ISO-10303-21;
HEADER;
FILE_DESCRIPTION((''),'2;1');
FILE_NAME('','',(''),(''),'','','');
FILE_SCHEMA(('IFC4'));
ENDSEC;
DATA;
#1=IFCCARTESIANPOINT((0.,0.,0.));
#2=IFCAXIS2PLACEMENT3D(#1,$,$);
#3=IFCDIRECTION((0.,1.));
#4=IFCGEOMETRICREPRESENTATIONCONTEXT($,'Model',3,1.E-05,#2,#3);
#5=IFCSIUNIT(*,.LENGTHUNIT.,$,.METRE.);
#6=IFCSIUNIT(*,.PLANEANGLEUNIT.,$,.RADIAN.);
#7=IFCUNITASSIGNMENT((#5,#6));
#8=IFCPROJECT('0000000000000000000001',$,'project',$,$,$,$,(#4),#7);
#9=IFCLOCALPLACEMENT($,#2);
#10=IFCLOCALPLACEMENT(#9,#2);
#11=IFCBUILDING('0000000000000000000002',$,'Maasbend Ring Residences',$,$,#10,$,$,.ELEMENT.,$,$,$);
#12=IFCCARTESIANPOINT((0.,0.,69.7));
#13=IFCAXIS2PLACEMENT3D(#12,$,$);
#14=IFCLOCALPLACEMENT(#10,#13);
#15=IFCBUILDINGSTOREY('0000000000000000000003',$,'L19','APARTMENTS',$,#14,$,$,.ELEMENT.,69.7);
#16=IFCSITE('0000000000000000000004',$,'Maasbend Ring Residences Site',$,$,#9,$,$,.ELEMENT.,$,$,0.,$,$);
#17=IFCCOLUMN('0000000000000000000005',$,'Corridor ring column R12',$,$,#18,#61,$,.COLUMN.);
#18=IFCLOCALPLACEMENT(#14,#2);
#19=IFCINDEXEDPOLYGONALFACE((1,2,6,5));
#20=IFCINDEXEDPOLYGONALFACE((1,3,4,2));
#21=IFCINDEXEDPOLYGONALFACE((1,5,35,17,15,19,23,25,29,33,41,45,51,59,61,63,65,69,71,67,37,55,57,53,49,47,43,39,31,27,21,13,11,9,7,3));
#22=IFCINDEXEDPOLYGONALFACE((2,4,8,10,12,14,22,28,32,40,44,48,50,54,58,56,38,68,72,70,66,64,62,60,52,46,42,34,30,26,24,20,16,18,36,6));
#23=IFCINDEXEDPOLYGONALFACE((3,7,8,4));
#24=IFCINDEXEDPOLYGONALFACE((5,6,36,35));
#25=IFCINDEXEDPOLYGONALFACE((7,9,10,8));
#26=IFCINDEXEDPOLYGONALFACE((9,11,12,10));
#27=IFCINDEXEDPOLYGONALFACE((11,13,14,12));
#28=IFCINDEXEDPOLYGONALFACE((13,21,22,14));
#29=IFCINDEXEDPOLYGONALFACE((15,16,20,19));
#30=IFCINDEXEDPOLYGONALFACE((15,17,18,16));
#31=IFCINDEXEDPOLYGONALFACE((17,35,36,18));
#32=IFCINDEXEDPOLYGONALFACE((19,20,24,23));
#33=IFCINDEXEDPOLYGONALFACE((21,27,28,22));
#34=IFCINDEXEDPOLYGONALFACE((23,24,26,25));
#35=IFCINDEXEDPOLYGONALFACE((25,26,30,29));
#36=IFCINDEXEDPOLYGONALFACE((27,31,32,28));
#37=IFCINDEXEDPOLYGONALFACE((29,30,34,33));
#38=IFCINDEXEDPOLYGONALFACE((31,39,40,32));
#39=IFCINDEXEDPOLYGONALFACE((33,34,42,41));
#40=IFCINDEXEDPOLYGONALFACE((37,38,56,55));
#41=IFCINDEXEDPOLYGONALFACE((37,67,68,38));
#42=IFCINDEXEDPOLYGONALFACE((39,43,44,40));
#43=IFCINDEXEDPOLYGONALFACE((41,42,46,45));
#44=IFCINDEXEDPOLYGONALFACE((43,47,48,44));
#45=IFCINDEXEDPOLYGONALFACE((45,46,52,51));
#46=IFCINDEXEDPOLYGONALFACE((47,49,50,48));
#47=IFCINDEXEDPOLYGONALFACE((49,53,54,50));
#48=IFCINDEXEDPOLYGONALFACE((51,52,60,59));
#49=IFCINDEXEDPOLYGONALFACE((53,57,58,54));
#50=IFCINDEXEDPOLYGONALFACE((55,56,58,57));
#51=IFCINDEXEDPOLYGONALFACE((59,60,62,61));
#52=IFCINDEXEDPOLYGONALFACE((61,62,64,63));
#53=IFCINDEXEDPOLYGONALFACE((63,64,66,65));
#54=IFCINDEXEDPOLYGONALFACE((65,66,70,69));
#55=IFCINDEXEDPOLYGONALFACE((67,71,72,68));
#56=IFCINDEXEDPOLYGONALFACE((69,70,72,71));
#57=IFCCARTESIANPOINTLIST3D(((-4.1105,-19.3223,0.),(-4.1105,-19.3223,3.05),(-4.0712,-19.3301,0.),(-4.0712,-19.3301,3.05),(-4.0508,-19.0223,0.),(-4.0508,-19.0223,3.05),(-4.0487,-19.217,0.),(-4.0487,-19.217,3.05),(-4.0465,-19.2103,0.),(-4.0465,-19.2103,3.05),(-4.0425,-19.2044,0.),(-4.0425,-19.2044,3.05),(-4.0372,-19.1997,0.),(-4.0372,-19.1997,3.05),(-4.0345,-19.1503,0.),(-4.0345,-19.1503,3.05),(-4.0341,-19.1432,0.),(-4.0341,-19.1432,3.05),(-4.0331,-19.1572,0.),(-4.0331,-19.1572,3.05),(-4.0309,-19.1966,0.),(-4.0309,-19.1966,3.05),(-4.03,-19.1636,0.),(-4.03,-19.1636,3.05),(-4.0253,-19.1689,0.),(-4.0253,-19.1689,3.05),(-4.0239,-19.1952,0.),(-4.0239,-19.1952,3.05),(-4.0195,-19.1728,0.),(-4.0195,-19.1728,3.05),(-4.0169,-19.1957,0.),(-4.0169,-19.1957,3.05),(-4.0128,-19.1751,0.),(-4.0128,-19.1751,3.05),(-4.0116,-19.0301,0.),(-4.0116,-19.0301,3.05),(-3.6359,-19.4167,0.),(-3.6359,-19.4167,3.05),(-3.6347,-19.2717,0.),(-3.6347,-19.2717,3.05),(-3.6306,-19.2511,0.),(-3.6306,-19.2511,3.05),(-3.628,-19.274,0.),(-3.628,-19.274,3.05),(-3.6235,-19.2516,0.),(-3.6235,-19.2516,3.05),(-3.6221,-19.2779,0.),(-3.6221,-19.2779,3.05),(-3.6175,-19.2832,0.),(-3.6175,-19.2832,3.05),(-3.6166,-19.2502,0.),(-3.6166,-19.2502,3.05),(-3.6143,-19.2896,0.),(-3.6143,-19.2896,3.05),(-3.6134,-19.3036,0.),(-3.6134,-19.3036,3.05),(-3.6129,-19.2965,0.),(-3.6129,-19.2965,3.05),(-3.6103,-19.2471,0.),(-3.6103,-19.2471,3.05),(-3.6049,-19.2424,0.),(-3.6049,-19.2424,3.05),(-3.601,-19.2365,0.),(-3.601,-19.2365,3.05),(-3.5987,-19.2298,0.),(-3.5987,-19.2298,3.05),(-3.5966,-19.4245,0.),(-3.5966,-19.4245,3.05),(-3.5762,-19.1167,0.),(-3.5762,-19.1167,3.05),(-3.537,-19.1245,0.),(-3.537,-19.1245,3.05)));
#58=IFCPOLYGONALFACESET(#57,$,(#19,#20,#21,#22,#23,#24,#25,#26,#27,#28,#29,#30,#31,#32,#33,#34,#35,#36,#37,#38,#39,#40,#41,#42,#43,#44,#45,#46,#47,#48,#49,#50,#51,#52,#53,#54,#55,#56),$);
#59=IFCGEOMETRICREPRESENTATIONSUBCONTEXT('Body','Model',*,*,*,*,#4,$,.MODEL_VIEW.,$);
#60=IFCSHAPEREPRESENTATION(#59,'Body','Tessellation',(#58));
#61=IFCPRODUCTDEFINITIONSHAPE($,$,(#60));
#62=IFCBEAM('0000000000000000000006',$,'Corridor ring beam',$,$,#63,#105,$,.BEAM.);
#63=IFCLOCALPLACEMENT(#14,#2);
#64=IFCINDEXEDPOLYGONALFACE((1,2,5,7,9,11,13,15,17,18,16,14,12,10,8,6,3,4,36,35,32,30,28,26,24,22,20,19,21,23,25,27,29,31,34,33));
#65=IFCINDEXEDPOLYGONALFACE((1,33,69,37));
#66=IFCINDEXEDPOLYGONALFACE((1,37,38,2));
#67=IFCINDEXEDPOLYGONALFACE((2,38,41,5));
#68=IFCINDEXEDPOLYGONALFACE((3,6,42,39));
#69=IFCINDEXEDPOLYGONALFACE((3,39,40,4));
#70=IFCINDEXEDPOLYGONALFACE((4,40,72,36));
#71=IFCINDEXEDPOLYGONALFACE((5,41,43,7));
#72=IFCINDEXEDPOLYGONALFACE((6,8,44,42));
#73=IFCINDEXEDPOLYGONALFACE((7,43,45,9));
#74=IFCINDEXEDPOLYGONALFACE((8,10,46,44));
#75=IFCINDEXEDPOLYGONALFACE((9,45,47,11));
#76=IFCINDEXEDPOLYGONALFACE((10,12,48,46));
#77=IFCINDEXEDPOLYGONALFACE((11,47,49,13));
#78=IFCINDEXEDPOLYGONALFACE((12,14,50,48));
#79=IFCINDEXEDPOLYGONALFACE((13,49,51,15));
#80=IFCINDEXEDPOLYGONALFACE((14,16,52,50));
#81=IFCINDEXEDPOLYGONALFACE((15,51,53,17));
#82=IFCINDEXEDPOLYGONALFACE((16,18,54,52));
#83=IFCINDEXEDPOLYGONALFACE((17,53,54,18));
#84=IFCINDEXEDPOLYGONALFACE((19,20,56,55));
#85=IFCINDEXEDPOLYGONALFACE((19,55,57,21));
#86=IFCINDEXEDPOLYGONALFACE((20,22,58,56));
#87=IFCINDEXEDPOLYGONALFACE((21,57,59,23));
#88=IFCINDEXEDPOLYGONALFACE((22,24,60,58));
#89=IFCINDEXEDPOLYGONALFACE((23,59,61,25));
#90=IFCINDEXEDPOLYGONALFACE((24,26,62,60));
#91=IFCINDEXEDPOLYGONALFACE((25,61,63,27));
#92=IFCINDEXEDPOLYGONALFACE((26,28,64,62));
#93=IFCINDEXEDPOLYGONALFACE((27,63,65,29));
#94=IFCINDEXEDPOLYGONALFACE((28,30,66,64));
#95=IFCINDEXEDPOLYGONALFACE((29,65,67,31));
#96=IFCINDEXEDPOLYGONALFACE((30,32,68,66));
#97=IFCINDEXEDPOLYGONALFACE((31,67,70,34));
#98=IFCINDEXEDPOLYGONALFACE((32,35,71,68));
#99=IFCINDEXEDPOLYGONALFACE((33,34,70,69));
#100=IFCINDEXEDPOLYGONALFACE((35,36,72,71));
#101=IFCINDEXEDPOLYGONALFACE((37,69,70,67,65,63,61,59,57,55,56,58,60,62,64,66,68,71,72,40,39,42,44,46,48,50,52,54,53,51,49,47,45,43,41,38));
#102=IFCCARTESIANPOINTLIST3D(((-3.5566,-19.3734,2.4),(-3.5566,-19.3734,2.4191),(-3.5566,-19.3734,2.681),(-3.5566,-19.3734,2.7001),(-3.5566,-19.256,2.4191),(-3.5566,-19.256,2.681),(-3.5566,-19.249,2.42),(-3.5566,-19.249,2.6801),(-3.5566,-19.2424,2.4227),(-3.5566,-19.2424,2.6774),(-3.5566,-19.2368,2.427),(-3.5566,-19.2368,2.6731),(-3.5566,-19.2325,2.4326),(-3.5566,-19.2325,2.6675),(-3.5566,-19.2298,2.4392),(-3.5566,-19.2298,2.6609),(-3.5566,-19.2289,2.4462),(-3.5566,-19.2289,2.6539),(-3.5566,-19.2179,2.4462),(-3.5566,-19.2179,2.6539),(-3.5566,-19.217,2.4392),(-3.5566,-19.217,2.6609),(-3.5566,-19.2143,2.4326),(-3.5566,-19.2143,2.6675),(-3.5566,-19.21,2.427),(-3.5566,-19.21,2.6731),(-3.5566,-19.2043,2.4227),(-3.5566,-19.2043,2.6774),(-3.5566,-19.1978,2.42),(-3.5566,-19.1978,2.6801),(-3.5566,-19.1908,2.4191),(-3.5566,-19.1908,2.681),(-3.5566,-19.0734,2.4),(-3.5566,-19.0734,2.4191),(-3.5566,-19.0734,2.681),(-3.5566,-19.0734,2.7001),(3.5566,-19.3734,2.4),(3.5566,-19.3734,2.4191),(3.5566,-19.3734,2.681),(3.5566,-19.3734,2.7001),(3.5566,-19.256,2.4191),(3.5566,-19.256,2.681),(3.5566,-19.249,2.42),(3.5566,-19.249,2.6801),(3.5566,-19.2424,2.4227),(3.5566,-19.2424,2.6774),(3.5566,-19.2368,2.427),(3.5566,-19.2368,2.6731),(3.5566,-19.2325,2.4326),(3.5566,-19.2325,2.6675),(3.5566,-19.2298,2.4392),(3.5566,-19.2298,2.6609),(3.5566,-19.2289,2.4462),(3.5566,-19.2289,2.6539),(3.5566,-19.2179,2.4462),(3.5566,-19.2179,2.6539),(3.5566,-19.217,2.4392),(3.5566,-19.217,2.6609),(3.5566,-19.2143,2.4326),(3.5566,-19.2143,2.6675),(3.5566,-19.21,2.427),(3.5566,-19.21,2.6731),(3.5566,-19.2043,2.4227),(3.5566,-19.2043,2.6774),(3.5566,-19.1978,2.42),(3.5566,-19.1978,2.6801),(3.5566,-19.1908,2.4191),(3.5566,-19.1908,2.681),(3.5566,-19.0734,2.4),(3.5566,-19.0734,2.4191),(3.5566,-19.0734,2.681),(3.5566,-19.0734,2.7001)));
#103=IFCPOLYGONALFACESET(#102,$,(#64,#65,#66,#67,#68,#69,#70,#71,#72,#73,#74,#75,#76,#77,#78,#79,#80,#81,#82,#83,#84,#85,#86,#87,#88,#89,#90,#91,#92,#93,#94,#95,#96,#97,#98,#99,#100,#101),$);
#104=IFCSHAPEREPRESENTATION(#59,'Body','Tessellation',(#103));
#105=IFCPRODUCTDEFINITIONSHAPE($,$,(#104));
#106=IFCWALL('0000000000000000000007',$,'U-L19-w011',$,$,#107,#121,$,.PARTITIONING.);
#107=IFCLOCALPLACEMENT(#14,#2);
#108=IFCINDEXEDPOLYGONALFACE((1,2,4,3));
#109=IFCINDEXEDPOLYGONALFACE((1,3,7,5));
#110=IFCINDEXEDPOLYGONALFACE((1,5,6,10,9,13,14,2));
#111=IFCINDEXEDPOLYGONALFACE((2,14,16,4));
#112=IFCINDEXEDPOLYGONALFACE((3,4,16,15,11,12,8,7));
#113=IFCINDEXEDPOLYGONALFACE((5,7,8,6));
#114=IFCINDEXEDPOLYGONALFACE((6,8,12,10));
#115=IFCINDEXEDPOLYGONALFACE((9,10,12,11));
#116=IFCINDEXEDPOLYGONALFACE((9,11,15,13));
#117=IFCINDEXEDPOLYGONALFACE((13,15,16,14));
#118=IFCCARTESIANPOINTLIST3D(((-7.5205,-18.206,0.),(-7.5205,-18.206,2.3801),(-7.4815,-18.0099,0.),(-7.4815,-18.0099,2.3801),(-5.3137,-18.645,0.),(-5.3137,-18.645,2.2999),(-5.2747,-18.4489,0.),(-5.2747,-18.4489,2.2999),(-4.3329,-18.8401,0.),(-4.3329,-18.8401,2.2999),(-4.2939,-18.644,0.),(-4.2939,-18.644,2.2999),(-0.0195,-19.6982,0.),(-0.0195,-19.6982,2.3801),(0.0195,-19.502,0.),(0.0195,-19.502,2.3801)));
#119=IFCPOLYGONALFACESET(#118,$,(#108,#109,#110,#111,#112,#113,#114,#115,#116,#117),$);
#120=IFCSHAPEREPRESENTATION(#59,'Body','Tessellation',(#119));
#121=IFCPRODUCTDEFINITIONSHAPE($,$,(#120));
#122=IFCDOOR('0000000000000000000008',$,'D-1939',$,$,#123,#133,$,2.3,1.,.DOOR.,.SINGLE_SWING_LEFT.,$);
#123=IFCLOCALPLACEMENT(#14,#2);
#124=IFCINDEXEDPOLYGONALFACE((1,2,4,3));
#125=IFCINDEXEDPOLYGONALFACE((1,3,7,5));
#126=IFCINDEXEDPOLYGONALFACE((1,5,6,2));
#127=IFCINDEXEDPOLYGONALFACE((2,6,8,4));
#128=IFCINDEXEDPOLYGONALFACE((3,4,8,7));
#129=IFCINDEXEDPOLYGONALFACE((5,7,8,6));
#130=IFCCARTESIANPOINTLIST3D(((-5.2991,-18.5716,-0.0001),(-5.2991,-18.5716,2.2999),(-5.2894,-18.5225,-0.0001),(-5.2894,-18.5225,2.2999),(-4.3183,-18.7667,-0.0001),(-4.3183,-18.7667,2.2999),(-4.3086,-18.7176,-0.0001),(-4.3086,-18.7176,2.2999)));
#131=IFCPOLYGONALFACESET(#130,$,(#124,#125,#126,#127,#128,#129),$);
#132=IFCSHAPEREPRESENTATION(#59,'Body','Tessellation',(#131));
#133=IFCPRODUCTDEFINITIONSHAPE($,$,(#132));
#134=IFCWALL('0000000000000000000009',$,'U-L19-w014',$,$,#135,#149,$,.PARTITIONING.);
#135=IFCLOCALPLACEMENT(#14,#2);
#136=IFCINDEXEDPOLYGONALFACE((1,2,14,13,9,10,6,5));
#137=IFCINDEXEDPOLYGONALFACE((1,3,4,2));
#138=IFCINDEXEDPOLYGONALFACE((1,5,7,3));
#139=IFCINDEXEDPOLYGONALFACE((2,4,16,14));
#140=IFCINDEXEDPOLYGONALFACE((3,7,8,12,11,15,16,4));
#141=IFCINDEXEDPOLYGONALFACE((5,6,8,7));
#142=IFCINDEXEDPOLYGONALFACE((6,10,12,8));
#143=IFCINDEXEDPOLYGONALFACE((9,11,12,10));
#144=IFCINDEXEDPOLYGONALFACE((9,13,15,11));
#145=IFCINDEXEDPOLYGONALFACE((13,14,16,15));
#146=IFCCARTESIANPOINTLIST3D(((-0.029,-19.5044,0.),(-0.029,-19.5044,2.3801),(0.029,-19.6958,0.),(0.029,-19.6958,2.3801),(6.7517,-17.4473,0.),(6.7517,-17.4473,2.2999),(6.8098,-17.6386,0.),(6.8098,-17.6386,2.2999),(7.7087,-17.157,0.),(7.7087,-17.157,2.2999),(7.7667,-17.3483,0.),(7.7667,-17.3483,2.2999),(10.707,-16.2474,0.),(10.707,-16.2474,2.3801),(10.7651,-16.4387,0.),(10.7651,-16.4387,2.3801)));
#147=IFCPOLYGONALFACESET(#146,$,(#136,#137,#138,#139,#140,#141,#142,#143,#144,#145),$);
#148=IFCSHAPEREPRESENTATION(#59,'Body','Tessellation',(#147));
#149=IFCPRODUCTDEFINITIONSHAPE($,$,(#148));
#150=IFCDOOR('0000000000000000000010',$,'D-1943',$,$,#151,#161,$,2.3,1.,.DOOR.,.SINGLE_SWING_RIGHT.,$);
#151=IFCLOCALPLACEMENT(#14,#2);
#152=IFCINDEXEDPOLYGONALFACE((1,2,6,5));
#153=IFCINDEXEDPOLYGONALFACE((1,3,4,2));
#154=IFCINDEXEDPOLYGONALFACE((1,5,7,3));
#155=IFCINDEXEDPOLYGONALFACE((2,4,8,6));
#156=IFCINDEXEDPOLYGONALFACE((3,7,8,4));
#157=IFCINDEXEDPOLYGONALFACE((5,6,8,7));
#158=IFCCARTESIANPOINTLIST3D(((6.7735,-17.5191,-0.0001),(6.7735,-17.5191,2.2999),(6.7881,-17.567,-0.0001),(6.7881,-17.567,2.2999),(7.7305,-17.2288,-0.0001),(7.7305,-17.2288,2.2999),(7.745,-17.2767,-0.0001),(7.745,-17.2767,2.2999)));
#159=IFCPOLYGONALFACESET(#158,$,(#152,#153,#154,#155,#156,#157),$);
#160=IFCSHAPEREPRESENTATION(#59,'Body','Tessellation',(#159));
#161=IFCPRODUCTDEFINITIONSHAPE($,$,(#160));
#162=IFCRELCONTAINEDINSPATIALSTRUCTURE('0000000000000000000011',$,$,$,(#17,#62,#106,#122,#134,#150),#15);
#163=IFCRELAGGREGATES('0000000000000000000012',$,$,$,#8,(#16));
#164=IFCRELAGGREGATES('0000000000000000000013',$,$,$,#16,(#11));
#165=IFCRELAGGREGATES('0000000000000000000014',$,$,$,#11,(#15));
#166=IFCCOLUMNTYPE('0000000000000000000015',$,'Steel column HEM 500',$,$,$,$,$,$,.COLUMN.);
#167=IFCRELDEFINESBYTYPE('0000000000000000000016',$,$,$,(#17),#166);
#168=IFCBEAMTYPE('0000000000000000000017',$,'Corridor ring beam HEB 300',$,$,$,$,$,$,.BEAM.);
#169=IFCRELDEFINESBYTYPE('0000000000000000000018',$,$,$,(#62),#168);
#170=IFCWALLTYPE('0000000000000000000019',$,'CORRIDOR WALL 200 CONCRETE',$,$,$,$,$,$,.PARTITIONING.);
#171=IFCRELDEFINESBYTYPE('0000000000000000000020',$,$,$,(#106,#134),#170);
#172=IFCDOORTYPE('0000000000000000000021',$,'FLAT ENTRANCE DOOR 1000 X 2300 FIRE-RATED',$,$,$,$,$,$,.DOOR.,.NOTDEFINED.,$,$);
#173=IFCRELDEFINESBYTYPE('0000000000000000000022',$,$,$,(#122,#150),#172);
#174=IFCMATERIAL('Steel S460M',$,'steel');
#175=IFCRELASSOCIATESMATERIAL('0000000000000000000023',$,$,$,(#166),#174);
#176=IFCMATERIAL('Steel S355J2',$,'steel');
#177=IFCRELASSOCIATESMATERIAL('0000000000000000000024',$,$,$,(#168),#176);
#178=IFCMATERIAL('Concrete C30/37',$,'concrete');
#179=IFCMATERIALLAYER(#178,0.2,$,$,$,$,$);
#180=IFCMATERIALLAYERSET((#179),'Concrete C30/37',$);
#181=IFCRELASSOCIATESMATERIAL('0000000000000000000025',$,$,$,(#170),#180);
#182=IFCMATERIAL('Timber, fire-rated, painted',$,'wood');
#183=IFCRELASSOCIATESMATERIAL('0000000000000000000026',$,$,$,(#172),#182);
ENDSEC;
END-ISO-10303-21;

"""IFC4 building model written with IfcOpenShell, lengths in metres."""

from ifc_helpers import new_model, si_unit, direction, frame, frame_2d, origin, origin_2d, place, context, subcontext, project, spatial, rectangle, i_section, extrude, material, layer, layer_set, material_profile, profile_set, type_object, element, fill, save


model = new_model("IFC4")

# Units and contexts
model_context = context("Model", 3, precision=1e-05, world=origin(), true_north=direction((0.0, 1.0)))
body_context = subcontext(model_context, "Body", "Model", "MODEL_VIEW")
ifc_project = project(units=[si_unit("LENGTHUNIT", "METRE"), si_unit("PLANEANGLEUNIT", "RADIAN")], contexts=[model_context])

# Site, building, storey
site_placement = place(None, origin())
site = spatial("IfcSite", under=ifc_project, at=site_placement, Name="Maasbend Ring Residences Site", CompositionType="ELEMENT", RefElevation=0.0)
building_placement = place(site_placement, origin())
building = spatial("IfcBuilding", under=site, at=building_placement, Name="Maasbend Ring Residences", CompositionType="ELEMENT")
storey_placement = place(building_placement, frame((0.0, 0.0, 69.7)))
storey = spatial("IfcBuildingStorey", under=building, at=storey_placement, Name="L19", Description="APARTMENTS", CompositionType="ELEMENT", Elevation=69.7)

# Column
ifc_material_1 = material(Name="Steel S460M", Category="steel")
ifc_material_profile_1 = material_profile(ifc_material_1, i_section(OverallWidth=0.3059, OverallDepth=0.5239, WebThickness=0.021, FlangeThickness=0.04, FilletRadius=0.0271, at=origin_2d()), Name="HEM 500")
ifc_profile_set_1 = profile_set([ifc_material_profile_1], Name="Steel S460M")
column_type = type_object("IfcColumnType", Name="Steel column HEM 500", PredefinedType="COLUMN", material=ifc_profile_set_1)
column_placement = place(storey_placement, frame((-3.8237, -19.2234, 0.0), z_axis=(0.0, 0.0, 1.0), x_axis=(-0.19509, -0.980785, 0.0)))
element("IfcColumn", 1, at=column_placement, inside=storey, type_object=column_type, Name="Corridor ring column R12", PredefinedType="COLUMN", context=body_context, shape_type="SweptSolid", body=[
    extrude(i_section(OverallWidth=0.3059, OverallDepth=0.5239, WebThickness=0.021, FlangeThickness=0.04, FilletRadius=0.0271, at=origin_2d()), origin(), (0.0, 0.0, 1.0), 3.05),
])

# Beam
ifc_material_2 = material(Name="Steel S355J2", Category="steel")
ifc_material_profile_2 = material_profile(ifc_material_2, i_section(OverallWidth=0.3, OverallDepth=0.3, WebThickness=0.011, FlangeThickness=0.019, FilletRadius=0.0271, at=origin_2d()), Name="HEB 300")
ifc_profile_set_2 = profile_set([ifc_material_profile_2], Name="Steel S355J2")
beam_type = type_object("IfcBeamType", Name="Corridor ring beam HEB 300", PredefinedType="BEAM", material=ifc_profile_set_2)
beam_placement = place(storey_placement, frame((-3.5566, -19.2234, 2.55), z_axis=(1.0, 0.0, 0.0), x_axis=(0.0, 1.0, 0.0)))
element("IfcBeam", 2, at=beam_placement, inside=storey, type_object=beam_type, Name="Corridor ring beam", PredefinedType="BEAM", context=body_context, shape_type="SweptSolid", body=[
    extrude(i_section(OverallWidth=0.3, OverallDepth=0.3, WebThickness=0.011, FlangeThickness=0.019, FilletRadius=0.0271, at=origin_2d()), origin(), (0.0, 0.0, 1.0), 7.1133),
])

# Walls, openings, doors
ifc_material_3 = material(Name="Concrete C30/37", Category="concrete")
ifc_layer_1 = layer(ifc_material_3, 0.2)
ifc_layer_set_1 = layer_set([ifc_layer_1], Name="Concrete C30/37")
wall_type_1 = type_object("IfcWallType", Name="CORRIDOR WALL 200 CONCRETE", PredefinedType="PARTITIONING", material=ifc_layer_set_1)
wall_1_placement = place(storey_placement, frame((-7.501, -18.1079, 0.0), z_axis=(0.0, 0.0, 1.0), x_axis=(0.980782, -0.195109, 0.0)))
wall_1 = element("IfcWall", 3, at=wall_1_placement, inside=storey, type_object=wall_type_1, Name="U-L19-w011", PredefinedType="PARTITIONING", context=body_context, shape_type="SweptSolid", body=[
    extrude(rectangle(XDim=7.6479, YDim=0.2, at=frame_2d((3.824, 0.0))), origin(), (0.0, 0.0, 1.0), 2.3801),
])
opening_1_placement = place(wall_1_placement, frame((2.25, 0.0, 0.0)))
opening_1 = element("IfcOpeningElement", 4, at=opening_1_placement, cuts=wall_1, PredefinedType="OPENING", context=body_context, shape_type="SweptSolid", body=[
    extrude(rectangle(XDim=1.0, YDim=2.3, at=frame_2d((0.5, 1.1499))), frame((0.0, 0.1099, 0.0), z_axis=(0.0, -1.0, 0.0), x_axis=(1.0, 0.0, 0.0)), (0.0, 0.0, 1.0), 0.22),
])
ifc_material_4 = material(Name="Timber, fire-rated, painted", Category="wood")
door_type_1 = type_object("IfcDoorType", Name="FLAT ENTRANCE DOOR 1000 X 2300 FIRE-RATED", OperationType="NOTDEFINED", PredefinedType="DOOR", material=ifc_material_4)
door_1_placement = place(opening_1_placement, origin())
door_1 = element("IfcDoor", 5, at=door_1_placement, inside=storey, type_object=door_type_1, Name="D-1939", OperationType="SINGLE_SWING_LEFT", OverallHeight=2.3, OverallWidth=1.0, PredefinedType="DOOR", context=body_context, shape_type="SweptSolid", body=[
    extrude(rectangle(XDim=1.0, YDim=2.3, at=frame_2d((0.5, 1.1499))), frame((0.0, 0.0249, 0.0), z_axis=(0.0, -1.0, 0.0), x_axis=(1.0, 0.0, 0.0)), (0.0, 0.0, 1.0), 0.05),
])
fill(opening_1, door_1)
wall_2_placement = place(storey_placement, frame((0.0, -19.6001, 0.0), z_axis=(0.0, 0.0, 1.0), x_axis=(0.956932, 0.290311, 0.0)))
wall_2 = element("IfcWall", 6, at=wall_2_placement, inside=storey, type_object=wall_type_1, Name="U-L19-w014", PredefinedType="PARTITIONING", context=body_context, shape_type="SweptSolid", body=[
    extrude(rectangle(XDim=11.2192, YDim=0.2, at=frame_2d((5.6096, 0.0))), origin(), (0.0, 0.0, 1.0), 2.3801),
])
opening_2_placement = place(wall_2_placement, frame((7.0859, 0.0, 0.0)))
opening_2 = element("IfcOpeningElement", 7, at=opening_2_placement, cuts=wall_2, PredefinedType="OPENING", context=body_context, shape_type="SweptSolid", body=[
    extrude(rectangle(XDim=1.0, YDim=2.3, at=frame_2d((0.5, 1.1499))), frame((0.0, 0.1099, 0.0), z_axis=(0.0, -1.0, 0.0), x_axis=(1.0, 0.0, 0.0)), (0.0, 0.0, 1.0), 0.22),
])
door_2_placement = place(opening_2_placement, origin())
door_2 = element("IfcDoor", 8, at=door_2_placement, inside=storey, type_object=door_type_1, Name="D-1943", OperationType="SINGLE_SWING_RIGHT", OverallHeight=2.3, OverallWidth=1.0, PredefinedType="DOOR", context=body_context, shape_type="SweptSolid", body=[
    extrude(rectangle(XDim=1.0, YDim=2.3, at=frame_2d((0.5, 1.1499))), frame((0.0, 0.0249, 0.0), z_axis=(0.0, -1.0, 0.0), x_axis=(1.0, 0.0, 0.0)), (0.0, 0.0, 1.0), 0.05),
])
fill(opening_2, door_2)

save(model, "model.ifc")
